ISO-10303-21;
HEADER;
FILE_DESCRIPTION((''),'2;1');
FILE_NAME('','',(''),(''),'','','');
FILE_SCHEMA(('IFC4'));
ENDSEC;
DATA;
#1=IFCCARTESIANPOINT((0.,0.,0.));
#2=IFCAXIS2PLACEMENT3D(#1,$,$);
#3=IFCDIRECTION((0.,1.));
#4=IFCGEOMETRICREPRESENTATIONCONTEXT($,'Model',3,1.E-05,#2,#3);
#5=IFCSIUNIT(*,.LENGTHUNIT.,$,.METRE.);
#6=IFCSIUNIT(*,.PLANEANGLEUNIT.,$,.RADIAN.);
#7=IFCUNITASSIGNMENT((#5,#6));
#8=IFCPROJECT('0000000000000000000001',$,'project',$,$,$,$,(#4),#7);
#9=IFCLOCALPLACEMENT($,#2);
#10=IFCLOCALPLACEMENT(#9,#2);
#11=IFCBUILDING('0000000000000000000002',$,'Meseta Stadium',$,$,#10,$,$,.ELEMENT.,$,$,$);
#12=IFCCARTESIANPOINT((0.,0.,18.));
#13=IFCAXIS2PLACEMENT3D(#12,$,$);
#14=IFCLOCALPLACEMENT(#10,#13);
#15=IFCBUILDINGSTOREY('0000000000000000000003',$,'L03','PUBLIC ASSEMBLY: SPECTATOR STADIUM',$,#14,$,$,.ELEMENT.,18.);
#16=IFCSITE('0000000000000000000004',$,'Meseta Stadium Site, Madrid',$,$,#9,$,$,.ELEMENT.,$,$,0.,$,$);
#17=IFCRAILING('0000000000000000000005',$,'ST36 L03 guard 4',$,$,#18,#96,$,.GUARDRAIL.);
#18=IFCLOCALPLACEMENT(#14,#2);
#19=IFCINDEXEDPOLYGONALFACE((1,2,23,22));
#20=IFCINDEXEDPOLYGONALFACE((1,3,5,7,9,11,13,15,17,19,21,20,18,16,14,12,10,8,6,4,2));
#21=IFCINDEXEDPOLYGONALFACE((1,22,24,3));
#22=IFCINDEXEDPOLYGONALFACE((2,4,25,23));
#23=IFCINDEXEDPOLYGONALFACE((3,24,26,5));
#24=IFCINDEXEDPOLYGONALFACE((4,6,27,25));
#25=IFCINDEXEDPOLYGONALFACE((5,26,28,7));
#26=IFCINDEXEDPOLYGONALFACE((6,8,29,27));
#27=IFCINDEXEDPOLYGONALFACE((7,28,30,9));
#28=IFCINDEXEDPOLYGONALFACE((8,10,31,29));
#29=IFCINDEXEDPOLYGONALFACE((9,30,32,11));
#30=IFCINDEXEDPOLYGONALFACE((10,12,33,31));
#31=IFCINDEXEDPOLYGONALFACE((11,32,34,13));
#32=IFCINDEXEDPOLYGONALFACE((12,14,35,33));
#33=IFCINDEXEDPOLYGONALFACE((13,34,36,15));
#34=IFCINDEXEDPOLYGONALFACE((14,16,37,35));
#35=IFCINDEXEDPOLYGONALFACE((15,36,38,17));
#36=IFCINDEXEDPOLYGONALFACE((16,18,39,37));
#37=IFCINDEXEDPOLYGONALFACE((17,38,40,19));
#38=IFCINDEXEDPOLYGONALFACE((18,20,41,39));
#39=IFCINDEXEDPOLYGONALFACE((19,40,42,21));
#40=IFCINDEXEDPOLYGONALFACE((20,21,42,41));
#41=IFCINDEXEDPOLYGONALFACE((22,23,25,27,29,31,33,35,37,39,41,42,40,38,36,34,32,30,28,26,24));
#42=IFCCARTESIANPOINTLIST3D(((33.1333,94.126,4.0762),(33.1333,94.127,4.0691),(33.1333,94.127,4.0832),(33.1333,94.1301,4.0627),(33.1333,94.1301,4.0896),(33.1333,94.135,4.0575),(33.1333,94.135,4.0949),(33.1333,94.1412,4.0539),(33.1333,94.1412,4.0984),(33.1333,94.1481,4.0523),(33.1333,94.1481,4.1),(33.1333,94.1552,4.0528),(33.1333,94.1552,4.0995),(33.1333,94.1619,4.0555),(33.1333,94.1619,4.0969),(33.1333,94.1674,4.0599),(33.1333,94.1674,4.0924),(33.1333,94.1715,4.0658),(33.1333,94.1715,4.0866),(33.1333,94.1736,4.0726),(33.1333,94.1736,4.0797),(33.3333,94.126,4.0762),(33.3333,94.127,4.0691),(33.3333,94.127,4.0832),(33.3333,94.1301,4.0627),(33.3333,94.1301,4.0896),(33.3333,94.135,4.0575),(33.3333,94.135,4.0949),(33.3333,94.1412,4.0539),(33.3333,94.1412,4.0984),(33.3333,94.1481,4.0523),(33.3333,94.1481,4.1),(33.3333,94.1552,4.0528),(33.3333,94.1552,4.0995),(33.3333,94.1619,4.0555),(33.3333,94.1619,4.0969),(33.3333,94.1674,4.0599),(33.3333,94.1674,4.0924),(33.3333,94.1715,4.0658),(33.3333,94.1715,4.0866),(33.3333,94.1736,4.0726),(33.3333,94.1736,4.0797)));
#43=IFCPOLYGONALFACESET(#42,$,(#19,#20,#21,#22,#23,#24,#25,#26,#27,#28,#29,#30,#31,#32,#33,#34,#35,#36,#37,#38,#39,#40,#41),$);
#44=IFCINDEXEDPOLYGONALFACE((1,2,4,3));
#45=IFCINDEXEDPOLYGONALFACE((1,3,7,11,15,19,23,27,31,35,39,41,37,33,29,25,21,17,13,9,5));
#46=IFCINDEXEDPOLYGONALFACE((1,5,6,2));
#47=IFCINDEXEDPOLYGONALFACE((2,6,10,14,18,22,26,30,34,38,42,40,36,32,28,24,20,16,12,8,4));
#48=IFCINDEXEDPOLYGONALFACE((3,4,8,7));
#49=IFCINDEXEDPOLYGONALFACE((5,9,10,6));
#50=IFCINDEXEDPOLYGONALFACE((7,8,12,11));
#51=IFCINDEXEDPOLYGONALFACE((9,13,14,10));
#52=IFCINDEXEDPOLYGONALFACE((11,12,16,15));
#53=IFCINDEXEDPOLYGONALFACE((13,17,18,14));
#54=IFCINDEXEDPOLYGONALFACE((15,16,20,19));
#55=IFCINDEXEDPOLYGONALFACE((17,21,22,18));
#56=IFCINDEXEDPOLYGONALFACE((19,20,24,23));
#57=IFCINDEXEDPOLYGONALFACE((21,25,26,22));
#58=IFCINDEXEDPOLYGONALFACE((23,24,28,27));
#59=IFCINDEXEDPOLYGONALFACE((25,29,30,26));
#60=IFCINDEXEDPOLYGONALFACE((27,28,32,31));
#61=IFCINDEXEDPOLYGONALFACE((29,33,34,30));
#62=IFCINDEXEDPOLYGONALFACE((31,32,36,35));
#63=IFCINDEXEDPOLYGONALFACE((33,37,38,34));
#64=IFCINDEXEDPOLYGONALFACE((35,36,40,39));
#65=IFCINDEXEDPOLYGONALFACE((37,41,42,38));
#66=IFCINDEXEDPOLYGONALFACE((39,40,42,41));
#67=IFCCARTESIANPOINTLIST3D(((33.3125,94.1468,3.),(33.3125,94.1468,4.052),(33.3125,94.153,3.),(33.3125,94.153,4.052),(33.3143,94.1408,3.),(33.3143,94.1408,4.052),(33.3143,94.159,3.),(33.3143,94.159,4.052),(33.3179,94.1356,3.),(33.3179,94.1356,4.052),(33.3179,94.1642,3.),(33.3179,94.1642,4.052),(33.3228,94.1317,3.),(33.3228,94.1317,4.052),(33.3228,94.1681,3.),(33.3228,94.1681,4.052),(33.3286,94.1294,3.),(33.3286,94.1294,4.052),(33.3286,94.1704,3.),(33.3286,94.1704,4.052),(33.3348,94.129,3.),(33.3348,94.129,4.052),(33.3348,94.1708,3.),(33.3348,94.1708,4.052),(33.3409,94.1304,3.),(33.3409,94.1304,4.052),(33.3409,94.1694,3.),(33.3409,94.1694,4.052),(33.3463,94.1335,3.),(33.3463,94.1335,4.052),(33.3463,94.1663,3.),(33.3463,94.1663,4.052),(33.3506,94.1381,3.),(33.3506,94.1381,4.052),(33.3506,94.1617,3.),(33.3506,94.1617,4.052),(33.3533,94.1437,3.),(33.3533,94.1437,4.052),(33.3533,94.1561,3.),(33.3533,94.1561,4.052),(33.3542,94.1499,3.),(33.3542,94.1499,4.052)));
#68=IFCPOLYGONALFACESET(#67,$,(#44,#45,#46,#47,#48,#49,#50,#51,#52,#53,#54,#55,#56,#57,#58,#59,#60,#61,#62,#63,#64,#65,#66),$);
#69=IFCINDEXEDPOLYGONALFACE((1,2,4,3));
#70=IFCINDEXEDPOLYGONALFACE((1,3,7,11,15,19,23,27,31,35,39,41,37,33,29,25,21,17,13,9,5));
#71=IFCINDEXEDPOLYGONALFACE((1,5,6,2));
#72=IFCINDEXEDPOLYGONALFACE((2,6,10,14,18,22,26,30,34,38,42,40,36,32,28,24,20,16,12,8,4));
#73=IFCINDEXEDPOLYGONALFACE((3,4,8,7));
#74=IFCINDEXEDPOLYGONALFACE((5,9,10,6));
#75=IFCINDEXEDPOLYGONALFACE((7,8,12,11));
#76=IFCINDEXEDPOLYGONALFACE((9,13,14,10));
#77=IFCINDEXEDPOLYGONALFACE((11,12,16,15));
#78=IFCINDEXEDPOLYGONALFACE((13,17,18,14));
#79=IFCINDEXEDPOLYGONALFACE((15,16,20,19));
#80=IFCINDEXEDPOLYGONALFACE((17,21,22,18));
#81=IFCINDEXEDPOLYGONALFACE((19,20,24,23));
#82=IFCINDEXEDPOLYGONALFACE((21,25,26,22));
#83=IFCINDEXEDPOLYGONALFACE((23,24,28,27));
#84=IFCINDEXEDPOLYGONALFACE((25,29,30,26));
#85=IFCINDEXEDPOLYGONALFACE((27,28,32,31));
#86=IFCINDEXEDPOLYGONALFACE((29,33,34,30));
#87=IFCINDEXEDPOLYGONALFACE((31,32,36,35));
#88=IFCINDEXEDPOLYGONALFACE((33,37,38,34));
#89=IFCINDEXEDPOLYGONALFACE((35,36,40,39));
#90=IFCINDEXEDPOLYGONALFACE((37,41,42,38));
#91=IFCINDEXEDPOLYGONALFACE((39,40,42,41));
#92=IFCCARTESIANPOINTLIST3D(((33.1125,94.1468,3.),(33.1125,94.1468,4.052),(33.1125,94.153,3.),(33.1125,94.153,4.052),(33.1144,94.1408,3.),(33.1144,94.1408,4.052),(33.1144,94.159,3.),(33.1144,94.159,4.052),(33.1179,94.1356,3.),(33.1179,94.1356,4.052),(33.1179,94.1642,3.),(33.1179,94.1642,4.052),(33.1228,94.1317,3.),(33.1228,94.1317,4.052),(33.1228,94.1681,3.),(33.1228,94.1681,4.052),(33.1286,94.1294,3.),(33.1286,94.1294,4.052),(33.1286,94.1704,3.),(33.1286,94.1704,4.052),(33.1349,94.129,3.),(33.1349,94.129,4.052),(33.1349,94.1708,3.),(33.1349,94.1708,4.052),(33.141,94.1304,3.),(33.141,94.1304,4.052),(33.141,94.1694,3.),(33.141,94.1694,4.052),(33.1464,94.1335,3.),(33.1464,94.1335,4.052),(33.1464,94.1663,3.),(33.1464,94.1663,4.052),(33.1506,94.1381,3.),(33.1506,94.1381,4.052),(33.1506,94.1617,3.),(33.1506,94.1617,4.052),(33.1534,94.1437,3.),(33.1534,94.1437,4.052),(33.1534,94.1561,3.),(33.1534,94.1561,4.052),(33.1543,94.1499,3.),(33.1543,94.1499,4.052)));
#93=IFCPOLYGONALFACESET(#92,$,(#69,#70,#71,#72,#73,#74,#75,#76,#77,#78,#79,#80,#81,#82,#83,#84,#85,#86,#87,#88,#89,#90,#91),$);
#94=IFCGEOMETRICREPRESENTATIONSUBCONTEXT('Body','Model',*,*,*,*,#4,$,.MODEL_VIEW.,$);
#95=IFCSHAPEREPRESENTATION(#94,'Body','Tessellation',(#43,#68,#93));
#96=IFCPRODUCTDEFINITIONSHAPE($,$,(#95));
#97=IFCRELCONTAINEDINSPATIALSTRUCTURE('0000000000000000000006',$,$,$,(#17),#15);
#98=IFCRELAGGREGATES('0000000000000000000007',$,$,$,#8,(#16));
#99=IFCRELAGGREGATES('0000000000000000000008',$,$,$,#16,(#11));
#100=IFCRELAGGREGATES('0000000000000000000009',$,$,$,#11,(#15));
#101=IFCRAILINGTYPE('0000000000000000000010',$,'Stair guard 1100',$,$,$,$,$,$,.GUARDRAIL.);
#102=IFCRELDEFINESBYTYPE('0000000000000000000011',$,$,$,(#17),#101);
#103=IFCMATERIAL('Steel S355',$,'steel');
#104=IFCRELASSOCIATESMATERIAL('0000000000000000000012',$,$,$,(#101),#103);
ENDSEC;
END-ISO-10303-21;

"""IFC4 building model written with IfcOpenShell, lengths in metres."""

from ifc_helpers import new_model, si_unit, direction, frame, origin, origin_2d, place, context, subcontext, project, spatial, circle, extrude, material, type_object, element, save


model = new_model("IFC4")

# Units and contexts
model_context = context("Model", 3, precision=1e-05, world=origin(), true_north=direction((0.0, 1.0)))
body_context = subcontext(model_context, "Body", "Model", "MODEL_VIEW")
ifc_project = project(units=[si_unit("LENGTHUNIT", "METRE"), si_unit("PLANEANGLEUNIT", "RADIAN")], contexts=[model_context])

# Site, building, storey
site_placement = place(None, origin())
site = spatial("IfcSite", under=ifc_project, at=site_placement, Name="Meseta Stadium Site, Madrid", CompositionType="ELEMENT", RefElevation=0.0)
building_placement = place(site_placement, origin())
building = spatial("IfcBuilding", under=site, at=building_placement, Name="Meseta Stadium", CompositionType="ELEMENT")
storey_placement = place(building_placement, frame((0.0, 0.0, 18.0)))
storey = spatial("IfcBuildingStorey", under=building, at=storey_placement, Name="L03", Description="PUBLIC ASSEMBLY: SPECTATOR STADIUM", CompositionType="ELEMENT", Elevation=18.0)

# Railing
ifc_material_1 = material(Name="Steel S355", Category="steel")
railing_type_1 = type_object("IfcRailingType", Name="Stair guard 1100", PredefinedType="GUARDRAIL", material=ifc_material_1)
railing_1_placement = place(storey_placement, frame((33.3333, 94.1499, 3.0)))
element("IfcRailing", 1, at=railing_1_placement, inside=storey, type_object=railing_type_1, Name="ST36 L03 guard 4", PredefinedType="GUARDRAIL", context=body_context, shape_type="SweptSolid", body=[
    extrude(circle(Radius=0.0239, at=origin_2d()), frame((0.0, 0.0, 1.0762), z_axis=(-1.0, 0.0, 0.0), x_axis=(0.0, -1.0, 0.0)), (0.0, 0.0, 1.0), 0.2),
    extrude(circle(Radius=0.021, at=origin_2d()), origin(), (0.0, 0.0, 1.0), 1.052),
    extrude(circle(Radius=0.021, at=origin_2d()), frame((-0.2, 0.0, 0.0)), (0.0, 0.0, 1.0), 1.052),
])

save(model, "model.ifc")
